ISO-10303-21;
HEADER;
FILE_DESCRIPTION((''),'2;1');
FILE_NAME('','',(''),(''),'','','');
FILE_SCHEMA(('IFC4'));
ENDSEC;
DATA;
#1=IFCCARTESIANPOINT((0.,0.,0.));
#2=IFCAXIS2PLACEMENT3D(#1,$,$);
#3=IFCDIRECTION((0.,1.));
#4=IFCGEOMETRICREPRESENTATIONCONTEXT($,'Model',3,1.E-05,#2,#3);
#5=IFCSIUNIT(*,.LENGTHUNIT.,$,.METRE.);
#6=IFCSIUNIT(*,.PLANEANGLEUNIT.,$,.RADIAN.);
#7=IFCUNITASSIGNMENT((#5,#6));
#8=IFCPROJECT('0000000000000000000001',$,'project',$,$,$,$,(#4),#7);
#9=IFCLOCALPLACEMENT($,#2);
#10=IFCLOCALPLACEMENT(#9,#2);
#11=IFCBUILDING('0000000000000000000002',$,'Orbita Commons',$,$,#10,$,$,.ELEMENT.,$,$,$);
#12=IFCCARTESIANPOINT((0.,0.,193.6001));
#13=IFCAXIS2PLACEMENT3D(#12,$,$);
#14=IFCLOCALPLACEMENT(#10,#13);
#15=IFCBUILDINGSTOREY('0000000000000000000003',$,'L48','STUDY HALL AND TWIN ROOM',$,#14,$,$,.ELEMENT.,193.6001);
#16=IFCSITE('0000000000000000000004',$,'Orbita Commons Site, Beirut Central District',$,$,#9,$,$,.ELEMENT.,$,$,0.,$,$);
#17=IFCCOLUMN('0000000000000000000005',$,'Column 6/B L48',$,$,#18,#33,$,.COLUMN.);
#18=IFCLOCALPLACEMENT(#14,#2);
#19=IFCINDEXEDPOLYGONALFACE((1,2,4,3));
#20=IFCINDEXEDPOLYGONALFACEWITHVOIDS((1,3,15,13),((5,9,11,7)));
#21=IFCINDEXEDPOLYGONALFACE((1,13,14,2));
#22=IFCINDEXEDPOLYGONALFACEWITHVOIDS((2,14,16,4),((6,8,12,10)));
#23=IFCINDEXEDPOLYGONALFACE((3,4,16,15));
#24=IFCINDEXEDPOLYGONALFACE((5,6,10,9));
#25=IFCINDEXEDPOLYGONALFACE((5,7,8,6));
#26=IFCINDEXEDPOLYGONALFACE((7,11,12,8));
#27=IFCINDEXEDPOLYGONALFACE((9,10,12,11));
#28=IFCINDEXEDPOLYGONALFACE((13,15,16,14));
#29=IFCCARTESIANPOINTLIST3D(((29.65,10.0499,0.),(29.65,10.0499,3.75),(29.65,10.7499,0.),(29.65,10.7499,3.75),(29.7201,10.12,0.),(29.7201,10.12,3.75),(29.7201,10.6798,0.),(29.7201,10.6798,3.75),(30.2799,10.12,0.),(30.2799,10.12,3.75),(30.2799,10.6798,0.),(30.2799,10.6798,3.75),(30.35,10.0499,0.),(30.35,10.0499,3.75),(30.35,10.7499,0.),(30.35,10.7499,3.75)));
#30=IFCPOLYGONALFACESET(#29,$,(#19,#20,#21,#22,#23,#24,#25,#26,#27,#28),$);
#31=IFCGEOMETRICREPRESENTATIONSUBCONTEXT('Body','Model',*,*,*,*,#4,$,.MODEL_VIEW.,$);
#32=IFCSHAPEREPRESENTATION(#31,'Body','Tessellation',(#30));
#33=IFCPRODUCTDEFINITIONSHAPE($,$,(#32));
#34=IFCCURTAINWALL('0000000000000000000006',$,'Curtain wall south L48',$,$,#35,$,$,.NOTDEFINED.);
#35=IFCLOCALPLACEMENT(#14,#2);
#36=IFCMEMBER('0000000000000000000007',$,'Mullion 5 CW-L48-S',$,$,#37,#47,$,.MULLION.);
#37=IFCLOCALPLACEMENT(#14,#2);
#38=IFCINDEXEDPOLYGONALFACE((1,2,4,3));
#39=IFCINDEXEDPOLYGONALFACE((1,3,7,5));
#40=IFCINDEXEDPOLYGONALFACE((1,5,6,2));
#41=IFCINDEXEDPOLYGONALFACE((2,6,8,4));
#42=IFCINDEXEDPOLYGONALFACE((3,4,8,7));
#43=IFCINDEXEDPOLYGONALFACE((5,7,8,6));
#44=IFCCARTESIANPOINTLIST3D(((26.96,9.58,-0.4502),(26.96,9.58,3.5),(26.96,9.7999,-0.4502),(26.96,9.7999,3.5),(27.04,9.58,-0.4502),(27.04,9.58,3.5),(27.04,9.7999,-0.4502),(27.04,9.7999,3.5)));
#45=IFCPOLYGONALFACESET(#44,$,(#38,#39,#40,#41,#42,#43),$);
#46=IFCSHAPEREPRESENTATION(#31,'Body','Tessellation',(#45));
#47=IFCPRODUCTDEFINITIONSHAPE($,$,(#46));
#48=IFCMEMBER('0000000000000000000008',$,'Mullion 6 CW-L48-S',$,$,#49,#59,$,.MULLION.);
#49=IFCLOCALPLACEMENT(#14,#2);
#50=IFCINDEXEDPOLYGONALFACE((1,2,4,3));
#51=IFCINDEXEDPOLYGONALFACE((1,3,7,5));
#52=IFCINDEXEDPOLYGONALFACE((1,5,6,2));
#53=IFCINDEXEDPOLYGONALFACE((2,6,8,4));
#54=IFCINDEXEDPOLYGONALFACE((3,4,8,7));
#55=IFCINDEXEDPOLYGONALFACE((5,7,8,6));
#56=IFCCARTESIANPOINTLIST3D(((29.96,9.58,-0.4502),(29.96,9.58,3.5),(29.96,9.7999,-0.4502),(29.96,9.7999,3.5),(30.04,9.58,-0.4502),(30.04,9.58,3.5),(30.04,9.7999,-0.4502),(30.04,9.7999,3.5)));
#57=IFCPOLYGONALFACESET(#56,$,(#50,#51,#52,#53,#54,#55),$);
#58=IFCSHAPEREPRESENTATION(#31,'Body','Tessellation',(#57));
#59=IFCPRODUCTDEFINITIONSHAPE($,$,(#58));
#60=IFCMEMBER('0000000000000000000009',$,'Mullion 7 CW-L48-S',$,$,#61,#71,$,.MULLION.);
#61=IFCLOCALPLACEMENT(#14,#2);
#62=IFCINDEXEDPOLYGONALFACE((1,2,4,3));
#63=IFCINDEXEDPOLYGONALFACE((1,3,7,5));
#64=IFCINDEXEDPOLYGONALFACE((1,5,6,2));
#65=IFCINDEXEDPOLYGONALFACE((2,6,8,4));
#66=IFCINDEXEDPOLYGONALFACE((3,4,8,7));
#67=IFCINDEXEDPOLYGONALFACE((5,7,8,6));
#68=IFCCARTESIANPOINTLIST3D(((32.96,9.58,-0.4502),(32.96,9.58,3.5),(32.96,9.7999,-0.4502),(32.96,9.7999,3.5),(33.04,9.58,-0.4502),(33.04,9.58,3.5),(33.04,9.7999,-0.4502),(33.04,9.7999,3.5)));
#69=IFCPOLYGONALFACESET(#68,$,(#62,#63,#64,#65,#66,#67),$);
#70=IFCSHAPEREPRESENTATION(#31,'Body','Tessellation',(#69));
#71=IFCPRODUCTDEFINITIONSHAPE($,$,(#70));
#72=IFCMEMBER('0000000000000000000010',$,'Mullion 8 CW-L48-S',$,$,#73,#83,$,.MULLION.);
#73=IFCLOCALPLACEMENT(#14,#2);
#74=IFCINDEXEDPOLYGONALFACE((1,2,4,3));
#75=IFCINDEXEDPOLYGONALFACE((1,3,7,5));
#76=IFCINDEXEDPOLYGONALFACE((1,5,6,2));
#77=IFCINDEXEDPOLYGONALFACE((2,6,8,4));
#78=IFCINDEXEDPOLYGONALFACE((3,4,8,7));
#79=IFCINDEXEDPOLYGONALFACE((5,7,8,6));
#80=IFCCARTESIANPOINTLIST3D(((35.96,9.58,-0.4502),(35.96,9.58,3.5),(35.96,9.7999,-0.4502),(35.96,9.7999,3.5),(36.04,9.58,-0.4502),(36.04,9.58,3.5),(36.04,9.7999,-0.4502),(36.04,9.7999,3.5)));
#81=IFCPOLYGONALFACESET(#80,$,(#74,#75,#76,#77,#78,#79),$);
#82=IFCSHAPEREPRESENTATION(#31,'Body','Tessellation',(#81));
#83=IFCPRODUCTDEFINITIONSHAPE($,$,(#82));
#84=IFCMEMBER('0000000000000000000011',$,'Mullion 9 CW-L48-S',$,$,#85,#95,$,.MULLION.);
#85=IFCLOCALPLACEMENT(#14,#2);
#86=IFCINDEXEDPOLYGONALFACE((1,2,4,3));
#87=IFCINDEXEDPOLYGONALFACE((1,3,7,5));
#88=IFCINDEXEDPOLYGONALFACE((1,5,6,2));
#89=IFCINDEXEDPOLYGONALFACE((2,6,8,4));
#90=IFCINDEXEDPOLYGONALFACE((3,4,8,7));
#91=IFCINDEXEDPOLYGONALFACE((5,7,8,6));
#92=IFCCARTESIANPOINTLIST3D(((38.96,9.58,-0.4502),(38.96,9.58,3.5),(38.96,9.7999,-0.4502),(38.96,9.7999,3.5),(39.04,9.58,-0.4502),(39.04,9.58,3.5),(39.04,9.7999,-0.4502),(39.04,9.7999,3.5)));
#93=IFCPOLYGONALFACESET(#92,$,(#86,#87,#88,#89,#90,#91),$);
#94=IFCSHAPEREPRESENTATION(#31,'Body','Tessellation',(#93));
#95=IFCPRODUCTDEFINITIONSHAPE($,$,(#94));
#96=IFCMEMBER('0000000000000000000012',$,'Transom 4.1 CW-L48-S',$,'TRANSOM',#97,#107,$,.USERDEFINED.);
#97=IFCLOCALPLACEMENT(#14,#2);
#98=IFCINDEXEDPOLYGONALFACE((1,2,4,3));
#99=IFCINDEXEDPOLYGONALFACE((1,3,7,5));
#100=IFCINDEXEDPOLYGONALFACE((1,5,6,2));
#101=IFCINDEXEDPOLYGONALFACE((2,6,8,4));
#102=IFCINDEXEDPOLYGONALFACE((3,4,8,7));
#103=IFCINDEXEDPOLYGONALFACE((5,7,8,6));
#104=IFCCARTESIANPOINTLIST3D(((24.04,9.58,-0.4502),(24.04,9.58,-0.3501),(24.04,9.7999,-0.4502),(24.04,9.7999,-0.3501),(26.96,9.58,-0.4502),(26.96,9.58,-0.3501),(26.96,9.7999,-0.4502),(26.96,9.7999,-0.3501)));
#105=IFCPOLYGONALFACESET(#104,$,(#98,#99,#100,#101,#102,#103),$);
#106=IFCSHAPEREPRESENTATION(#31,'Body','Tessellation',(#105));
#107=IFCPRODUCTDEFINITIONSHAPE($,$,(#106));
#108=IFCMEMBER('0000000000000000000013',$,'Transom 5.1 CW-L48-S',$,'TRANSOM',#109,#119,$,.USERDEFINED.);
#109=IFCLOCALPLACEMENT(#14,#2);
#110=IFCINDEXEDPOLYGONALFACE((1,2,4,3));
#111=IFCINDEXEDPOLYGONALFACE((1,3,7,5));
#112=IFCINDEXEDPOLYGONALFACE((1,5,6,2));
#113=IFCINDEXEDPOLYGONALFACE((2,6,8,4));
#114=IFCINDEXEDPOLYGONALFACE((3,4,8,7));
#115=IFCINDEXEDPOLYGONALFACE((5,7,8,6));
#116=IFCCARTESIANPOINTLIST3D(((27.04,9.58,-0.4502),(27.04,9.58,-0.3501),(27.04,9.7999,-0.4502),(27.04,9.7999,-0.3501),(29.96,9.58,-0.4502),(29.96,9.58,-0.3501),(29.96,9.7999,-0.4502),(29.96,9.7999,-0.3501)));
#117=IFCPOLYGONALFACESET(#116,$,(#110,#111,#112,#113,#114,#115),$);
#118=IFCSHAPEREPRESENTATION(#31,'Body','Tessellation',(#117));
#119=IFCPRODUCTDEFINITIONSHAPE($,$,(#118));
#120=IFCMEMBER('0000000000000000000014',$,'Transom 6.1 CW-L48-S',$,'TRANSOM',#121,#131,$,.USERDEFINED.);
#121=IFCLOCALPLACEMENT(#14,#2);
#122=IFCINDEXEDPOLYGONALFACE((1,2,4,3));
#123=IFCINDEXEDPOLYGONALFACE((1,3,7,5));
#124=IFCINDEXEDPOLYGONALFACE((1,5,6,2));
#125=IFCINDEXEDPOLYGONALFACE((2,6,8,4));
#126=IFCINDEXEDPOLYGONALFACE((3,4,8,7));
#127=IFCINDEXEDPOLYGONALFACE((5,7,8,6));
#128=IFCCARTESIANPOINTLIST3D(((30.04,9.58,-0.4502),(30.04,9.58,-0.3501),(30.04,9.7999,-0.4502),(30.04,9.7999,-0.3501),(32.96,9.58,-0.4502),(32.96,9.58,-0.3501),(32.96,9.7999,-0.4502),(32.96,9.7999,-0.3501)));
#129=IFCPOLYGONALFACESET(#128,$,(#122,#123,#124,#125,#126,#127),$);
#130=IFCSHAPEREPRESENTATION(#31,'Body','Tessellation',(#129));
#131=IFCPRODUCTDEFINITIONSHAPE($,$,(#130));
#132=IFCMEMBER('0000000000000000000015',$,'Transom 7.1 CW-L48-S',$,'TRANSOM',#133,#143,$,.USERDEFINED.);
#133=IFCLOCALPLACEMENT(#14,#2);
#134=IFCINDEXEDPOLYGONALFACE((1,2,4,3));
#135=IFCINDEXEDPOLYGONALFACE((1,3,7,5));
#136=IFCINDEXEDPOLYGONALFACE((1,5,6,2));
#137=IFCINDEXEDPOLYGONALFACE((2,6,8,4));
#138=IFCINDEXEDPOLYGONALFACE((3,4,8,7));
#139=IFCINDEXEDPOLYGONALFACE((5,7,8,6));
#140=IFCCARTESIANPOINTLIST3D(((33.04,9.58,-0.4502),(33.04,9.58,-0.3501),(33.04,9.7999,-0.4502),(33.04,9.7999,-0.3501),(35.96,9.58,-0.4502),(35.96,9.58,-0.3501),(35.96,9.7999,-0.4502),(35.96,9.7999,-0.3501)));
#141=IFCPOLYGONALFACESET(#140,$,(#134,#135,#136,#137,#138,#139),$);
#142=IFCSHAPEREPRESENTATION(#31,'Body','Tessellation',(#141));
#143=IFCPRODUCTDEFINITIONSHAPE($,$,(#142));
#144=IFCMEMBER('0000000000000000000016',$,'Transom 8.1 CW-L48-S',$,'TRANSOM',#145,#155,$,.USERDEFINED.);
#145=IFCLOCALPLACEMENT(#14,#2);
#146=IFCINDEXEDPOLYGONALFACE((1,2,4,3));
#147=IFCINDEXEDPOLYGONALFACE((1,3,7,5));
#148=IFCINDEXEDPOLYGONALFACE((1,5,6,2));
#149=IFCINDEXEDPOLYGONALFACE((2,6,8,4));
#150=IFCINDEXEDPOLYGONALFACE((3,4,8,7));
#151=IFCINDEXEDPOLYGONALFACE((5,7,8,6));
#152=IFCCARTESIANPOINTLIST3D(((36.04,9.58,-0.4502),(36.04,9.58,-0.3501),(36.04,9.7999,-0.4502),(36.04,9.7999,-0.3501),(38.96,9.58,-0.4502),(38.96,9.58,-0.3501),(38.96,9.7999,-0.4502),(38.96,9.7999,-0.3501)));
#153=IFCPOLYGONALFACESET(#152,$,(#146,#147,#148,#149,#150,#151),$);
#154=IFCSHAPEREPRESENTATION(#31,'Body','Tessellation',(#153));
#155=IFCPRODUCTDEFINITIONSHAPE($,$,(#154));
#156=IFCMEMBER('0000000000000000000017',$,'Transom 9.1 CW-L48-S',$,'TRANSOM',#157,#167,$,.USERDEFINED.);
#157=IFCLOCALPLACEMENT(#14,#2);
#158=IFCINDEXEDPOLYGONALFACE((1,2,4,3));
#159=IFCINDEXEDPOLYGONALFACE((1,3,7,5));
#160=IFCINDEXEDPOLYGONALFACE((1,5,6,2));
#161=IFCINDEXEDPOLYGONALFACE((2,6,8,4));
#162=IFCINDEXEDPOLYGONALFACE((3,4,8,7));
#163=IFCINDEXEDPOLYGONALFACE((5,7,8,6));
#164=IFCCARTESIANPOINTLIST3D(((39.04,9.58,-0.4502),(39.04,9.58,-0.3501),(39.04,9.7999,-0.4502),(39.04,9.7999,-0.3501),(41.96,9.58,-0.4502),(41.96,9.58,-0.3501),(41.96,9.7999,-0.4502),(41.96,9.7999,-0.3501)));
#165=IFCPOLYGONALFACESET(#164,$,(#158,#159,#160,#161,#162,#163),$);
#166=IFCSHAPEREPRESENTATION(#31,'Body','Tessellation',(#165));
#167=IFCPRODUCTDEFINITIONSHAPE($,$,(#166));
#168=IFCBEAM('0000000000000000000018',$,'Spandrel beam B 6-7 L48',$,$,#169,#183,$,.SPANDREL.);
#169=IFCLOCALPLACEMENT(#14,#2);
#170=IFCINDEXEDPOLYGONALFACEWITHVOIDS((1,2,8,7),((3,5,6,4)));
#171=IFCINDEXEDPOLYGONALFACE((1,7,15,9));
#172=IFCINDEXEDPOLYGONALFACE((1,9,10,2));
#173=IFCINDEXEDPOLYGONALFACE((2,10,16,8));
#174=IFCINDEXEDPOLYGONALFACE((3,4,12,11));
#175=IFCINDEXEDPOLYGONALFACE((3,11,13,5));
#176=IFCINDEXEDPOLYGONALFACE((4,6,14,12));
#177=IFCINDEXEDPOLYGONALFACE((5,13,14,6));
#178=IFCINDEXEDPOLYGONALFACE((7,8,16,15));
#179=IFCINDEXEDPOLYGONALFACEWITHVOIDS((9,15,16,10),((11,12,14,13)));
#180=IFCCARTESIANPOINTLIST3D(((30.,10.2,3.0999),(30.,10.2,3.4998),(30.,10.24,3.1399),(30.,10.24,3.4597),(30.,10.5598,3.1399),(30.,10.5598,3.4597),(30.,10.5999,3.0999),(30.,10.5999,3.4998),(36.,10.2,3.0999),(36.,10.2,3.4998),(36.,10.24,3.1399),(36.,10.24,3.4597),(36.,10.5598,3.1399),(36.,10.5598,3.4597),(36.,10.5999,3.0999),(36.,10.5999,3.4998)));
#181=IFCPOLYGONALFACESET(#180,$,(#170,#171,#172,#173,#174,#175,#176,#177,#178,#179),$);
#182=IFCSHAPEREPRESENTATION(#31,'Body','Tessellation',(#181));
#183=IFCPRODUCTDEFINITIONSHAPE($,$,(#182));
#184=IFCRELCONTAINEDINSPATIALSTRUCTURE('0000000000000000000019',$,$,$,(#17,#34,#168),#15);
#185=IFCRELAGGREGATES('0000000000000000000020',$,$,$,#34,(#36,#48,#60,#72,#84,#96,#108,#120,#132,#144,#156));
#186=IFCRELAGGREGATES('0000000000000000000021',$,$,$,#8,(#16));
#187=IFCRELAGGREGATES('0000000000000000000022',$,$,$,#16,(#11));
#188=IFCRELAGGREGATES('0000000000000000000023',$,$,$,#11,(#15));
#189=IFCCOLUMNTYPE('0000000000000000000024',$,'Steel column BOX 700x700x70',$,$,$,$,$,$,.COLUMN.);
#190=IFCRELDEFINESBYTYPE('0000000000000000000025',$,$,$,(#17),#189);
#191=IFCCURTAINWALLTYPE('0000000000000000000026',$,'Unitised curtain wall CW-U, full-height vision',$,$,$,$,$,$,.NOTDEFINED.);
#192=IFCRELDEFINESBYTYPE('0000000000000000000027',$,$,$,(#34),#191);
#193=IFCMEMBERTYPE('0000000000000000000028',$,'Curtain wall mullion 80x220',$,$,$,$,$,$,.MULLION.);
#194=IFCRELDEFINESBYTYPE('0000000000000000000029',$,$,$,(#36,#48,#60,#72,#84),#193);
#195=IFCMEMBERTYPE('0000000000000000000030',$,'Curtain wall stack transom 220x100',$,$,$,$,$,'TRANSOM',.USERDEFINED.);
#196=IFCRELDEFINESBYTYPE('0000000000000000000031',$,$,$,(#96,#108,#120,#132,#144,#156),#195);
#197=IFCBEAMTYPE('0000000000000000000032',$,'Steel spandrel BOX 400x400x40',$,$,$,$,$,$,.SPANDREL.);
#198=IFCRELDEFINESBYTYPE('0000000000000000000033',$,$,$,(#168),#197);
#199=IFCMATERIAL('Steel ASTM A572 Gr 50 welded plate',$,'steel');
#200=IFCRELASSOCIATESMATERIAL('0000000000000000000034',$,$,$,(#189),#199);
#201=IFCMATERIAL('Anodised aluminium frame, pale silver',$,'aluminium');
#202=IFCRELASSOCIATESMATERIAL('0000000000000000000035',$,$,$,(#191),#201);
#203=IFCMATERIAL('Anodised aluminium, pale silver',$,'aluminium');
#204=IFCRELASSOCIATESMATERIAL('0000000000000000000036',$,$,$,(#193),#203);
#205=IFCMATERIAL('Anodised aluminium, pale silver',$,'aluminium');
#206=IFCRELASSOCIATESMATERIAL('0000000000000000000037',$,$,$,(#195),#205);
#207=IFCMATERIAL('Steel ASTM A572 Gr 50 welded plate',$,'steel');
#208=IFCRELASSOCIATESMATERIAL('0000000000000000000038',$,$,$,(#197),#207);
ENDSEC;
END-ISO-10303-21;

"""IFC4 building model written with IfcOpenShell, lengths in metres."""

from ifc_helpers import new_model, si_unit, direction, frame, origin, origin_2d, place, context, subcontext, project, spatial, rectangle, hollow_rectangle, extrude, material, material_profile, profile_set, type_object, element, aggregate, save


model = new_model("IFC4")

# Units and contexts
model_context = context("Model", 3, precision=1e-05, world=origin(), true_north=direction((0.0, 1.0)))
body_context = subcontext(model_context, "Body", "Model", "MODEL_VIEW")
ifc_project = project(units=[si_unit("LENGTHUNIT", "METRE"), si_unit("PLANEANGLEUNIT", "RADIAN")], contexts=[model_context])

# Site, building, storey
site_placement = place(None, origin())
site = spatial("IfcSite", under=ifc_project, at=site_placement, Name="Orbita Commons Site, Beirut Central District", CompositionType="ELEMENT", RefElevation=0.0)
building_placement = place(site_placement, origin())
building = spatial("IfcBuilding", under=site, at=building_placement, Name="Orbita Commons", CompositionType="ELEMENT")
storey_placement = place(building_placement, frame((0.0, 0.0, 193.6001)))
storey = spatial("IfcBuildingStorey", under=building, at=storey_placement, Name="L48", Description="STUDY HALL AND TWIN ROOM", CompositionType="ELEMENT", Elevation=193.6001)

# Column
ifc_material_1 = material(Name="Steel ASTM A572 Gr 50 welded plate", Category="steel")
ifc_material_profile_1 = material_profile(ifc_material_1, hollow_rectangle(XDim=0.7, YDim=0.7, WallThickness=0.0701, at=origin_2d()), Name="BOX 700x700x70")
ifc_profile_set_1 = profile_set([ifc_material_profile_1], Name="Steel ASTM A572 Gr 50 welded plate")
column_type = type_object("IfcColumnType", Name="Steel column BOX 700x700x70", PredefinedType="COLUMN", material=ifc_profile_set_1)
column_placement = place(storey_placement, frame((30.0, 10.3999, 0.0), z_axis=(0.0, 0.0, 1.0), x_axis=(1.0, 0.0, 0.0)))
element("IfcColumn", 1, at=column_placement, inside=storey, type_object=column_type, Name="Column 6/B L48", PredefinedType="COLUMN", context=body_context, shape_type="SweptSolid", body=[
    extrude(hollow_rectangle(XDim=0.7, YDim=0.7, WallThickness=0.0701, at=origin_2d()), origin(), (0.0, 0.0, 1.0), 3.75),
])

# Curtain wall, members
ifc_material_2 = material(Name="Anodised aluminium frame, pale silver", Category="aluminium")
curtain_wall_type = type_object("IfcCurtainWallType", Name="Unitised curtain wall CW-U, full-height vision", PredefinedType="NOTDEFINED", material=ifc_material_2)
curtain_wall_placement = place(storey_placement, origin())
curtain_wall = element("IfcCurtainWall", 2, at=curtain_wall_placement, inside=storey, type_object=curtain_wall_type, Name="Curtain wall south L48", PredefinedType="NOTDEFINED")
ifc_material_3 = material(Name="Anodised aluminium, pale silver", Category="aluminium")
ifc_material_profile_2 = material_profile(ifc_material_3, rectangle(XDim=0.0801, YDim=0.22, at=origin_2d()), Name="AL 80x220")
ifc_profile_set_2 = profile_set([ifc_material_profile_2], Name="Anodised aluminium, pale silver")
member_type_1 = type_object("IfcMemberType", Name="Curtain wall mullion 80x220", PredefinedType="MULLION", material=ifc_profile_set_2)
member_1_placement = place(storey_placement, frame((27.0, 9.6899, -0.4502), z_axis=(0.0, 0.0, 1.0), x_axis=(1.0, 0.0, 0.0)))
member_1 = element("IfcMember", 3, at=member_1_placement, type_object=member_type_1, Name="Mullion 5 CW-L48-S", PredefinedType="MULLION", context=body_context, shape_type="SweptSolid", body=[
    extrude(rectangle(XDim=0.0801, YDim=0.22, at=origin_2d()), origin(), (0.0, 0.0, 1.0), 3.9502),
])
member_2_placement = place(storey_placement, frame((30.0, 9.6899, -0.4502), z_axis=(0.0, 0.0, 1.0), x_axis=(1.0, 0.0, 0.0)))
member_2 = element("IfcMember", 4, at=member_2_placement, type_object=member_type_1, Name="Mullion 6 CW-L48-S", PredefinedType="MULLION", context=body_context, shape_type="SweptSolid", body=[
    extrude(rectangle(XDim=0.0801, YDim=0.22, at=origin_2d()), origin(), (0.0, 0.0, 1.0), 3.9502),
])
member_3_placement = place(storey_placement, frame((33.0, 9.6899, -0.4502), z_axis=(0.0, 0.0, 1.0), x_axis=(1.0, 0.0, 0.0)))
member_3 = element("IfcMember", 5, at=member_3_placement, type_object=member_type_1, Name="Mullion 7 CW-L48-S", PredefinedType="MULLION", context=body_context, shape_type="SweptSolid", body=[
    extrude(rectangle(XDim=0.0801, YDim=0.22, at=origin_2d()), origin(), (0.0, 0.0, 1.0), 3.9502),
])
member_4_placement = place(storey_placement, frame((36.0, 9.6899, -0.4502), z_axis=(0.0, 0.0, 1.0), x_axis=(1.0, 0.0, 0.0)))
member_4 = element("IfcMember", 6, at=member_4_placement, type_object=member_type_1, Name="Mullion 8 CW-L48-S", PredefinedType="MULLION", context=body_context, shape_type="SweptSolid", body=[
    extrude(rectangle(XDim=0.0801, YDim=0.22, at=origin_2d()), origin(), (0.0, 0.0, 1.0), 3.9502),
])
member_5_placement = place(storey_placement, frame((39.0, 9.6899, -0.4502), z_axis=(0.0, 0.0, 1.0), x_axis=(1.0, 0.0, 0.0)))
member_5 = element("IfcMember", 7, at=member_5_placement, type_object=member_type_1, Name="Mullion 9 CW-L48-S", PredefinedType="MULLION", context=body_context, shape_type="SweptSolid", body=[
    extrude(rectangle(XDim=0.0801, YDim=0.22, at=origin_2d()), origin(), (0.0, 0.0, 1.0), 3.9502),
])
ifc_material_4 = material(Name="Anodised aluminium, pale silver", Category="aluminium")
ifc_material_profile_3 = material_profile(ifc_material_4, rectangle(XDim=0.22, YDim=0.1001, at=origin_2d()), Name="AL 220x100")
ifc_profile_set_3 = profile_set([ifc_material_profile_3], Name="Anodised aluminium, pale silver")
member_type_2 = type_object("IfcMemberType", Name="Curtain wall stack transom 220x100", ElementType="TRANSOM", PredefinedType="USERDEFINED", material=ifc_profile_set_3)
member_6_placement = place(storey_placement, frame((24.04, 9.6899, -0.4001), z_axis=(1.0, 0.0, 0.0), x_axis=(0.0, 1.0, 0.0)))
member_6 = element("IfcMember", 8, at=member_6_placement, type_object=member_type_2, Name="Transom 4.1 CW-L48-S", ObjectType="TRANSOM", PredefinedType="USERDEFINED", context=body_context, shape_type="SweptSolid", body=[
    extrude(rectangle(XDim=0.22, YDim=0.1001, at=origin_2d()), origin(), (0.0, 0.0, 1.0), 2.9199),
])
member_7_placement = place(storey_placement, frame((27.04, 9.6899, -0.4001), z_axis=(1.0, 0.0, 0.0), x_axis=(0.0, 1.0, 0.0)))
member_7 = element("IfcMember", 9, at=member_7_placement, type_object=member_type_2, Name="Transom 5.1 CW-L48-S", ObjectType="TRANSOM", PredefinedType="USERDEFINED", context=body_context, shape_type="SweptSolid", body=[
    extrude(rectangle(XDim=0.22, YDim=0.1001, at=origin_2d()), origin(), (0.0, 0.0, 1.0), 2.9199),
])
member_8_placement = place(storey_placement, frame((30.04, 9.6899, -0.4001), z_axis=(1.0, 0.0, 0.0), x_axis=(0.0, 1.0, 0.0)))
member_8 = element("IfcMember", 10, at=member_8_placement, type_object=member_type_2, Name="Transom 6.1 CW-L48-S", ObjectType="TRANSOM", PredefinedType="USERDEFINED", context=body_context, shape_type="SweptSolid", body=[
    extrude(rectangle(XDim=0.22, YDim=0.1001, at=origin_2d()), origin(), (0.0, 0.0, 1.0), 2.9199),
])
member_9_placement = place(storey_placement, frame((33.04, 9.6899, -0.4001), z_axis=(1.0, 0.0, 0.0), x_axis=(0.0, 1.0, 0.0)))
member_9 = element("IfcMember", 11, at=member_9_placement, type_object=member_type_2, Name="Transom 7.1 CW-L48-S", ObjectType="TRANSOM", PredefinedType="USERDEFINED", context=body_context, shape_type="SweptSolid", body=[
    extrude(rectangle(XDim=0.22, YDim=0.1001, at=origin_2d()), origin(), (0.0, 0.0, 1.0), 2.9199),
])
member_10_placement = place(storey_placement, frame((36.04, 9.6899, -0.4001), z_axis=(1.0, 0.0, 0.0), x_axis=(0.0, 1.0, 0.0)))
member_10 = element("IfcMember", 12, at=member_10_placement, type_object=member_type_2, Name="Transom 8.1 CW-L48-S", ObjectType="TRANSOM", PredefinedType="USERDEFINED", context=body_context, shape_type="SweptSolid", body=[
    extrude(rectangle(XDim=0.22, YDim=0.1001, at=origin_2d()), origin(), (0.0, 0.0, 1.0), 2.9199),
])
member_11_placement = place(storey_placement, frame((39.04, 9.6899, -0.4001), z_axis=(1.0, 0.0, 0.0), x_axis=(0.0, 1.0, 0.0)))
member_11 = element("IfcMember", 13, at=member_11_placement, type_object=member_type_2, Name="Transom 9.1 CW-L48-S", ObjectType="TRANSOM", PredefinedType="USERDEFINED", context=body_context, shape_type="SweptSolid", body=[
    extrude(rectangle(XDim=0.22, YDim=0.1001, at=origin_2d()), origin(), (0.0, 0.0, 1.0), 2.9199),
])

# Beam
ifc_material_5 = material(Name="Steel ASTM A572 Gr 50 welded plate", Category="steel")
ifc_material_profile_4 = material_profile(ifc_material_5, hollow_rectangle(XDim=0.3999, YDim=0.3999, WallThickness=0.04, at=origin_2d()), Name="BOX 400x400x40")
ifc_profile_set_4 = profile_set([ifc_material_profile_4], Name="Steel ASTM A572 Gr 50 welded plate")
beam_type = type_object("IfcBeamType", Name="Steel spandrel BOX 400x400x40", PredefinedType="SPANDREL", material=ifc_profile_set_4)
beam_placement = place(storey_placement, frame((30.0, 10.3999, 3.2998), z_axis=(1.0, 0.0, 0.0), x_axis=(0.0, 1.0, 0.0)))
element("IfcBeam", 14, at=beam_placement, inside=storey, type_object=beam_type, Name="Spandrel beam B 6-7 L48", PredefinedType="SPANDREL", context=body_context, shape_type="SweptSolid", body=[
    extrude(hollow_rectangle(XDim=0.3999, YDim=0.3999, WallThickness=0.04, at=origin_2d()), origin(), (0.0, 0.0, 1.0), 6.0),
])

aggregate(curtain_wall, [member_1, member_2, member_3, member_4, member_5, member_6, member_7, member_8, member_9, member_10, member_11])

save(model, "model.ifc")
